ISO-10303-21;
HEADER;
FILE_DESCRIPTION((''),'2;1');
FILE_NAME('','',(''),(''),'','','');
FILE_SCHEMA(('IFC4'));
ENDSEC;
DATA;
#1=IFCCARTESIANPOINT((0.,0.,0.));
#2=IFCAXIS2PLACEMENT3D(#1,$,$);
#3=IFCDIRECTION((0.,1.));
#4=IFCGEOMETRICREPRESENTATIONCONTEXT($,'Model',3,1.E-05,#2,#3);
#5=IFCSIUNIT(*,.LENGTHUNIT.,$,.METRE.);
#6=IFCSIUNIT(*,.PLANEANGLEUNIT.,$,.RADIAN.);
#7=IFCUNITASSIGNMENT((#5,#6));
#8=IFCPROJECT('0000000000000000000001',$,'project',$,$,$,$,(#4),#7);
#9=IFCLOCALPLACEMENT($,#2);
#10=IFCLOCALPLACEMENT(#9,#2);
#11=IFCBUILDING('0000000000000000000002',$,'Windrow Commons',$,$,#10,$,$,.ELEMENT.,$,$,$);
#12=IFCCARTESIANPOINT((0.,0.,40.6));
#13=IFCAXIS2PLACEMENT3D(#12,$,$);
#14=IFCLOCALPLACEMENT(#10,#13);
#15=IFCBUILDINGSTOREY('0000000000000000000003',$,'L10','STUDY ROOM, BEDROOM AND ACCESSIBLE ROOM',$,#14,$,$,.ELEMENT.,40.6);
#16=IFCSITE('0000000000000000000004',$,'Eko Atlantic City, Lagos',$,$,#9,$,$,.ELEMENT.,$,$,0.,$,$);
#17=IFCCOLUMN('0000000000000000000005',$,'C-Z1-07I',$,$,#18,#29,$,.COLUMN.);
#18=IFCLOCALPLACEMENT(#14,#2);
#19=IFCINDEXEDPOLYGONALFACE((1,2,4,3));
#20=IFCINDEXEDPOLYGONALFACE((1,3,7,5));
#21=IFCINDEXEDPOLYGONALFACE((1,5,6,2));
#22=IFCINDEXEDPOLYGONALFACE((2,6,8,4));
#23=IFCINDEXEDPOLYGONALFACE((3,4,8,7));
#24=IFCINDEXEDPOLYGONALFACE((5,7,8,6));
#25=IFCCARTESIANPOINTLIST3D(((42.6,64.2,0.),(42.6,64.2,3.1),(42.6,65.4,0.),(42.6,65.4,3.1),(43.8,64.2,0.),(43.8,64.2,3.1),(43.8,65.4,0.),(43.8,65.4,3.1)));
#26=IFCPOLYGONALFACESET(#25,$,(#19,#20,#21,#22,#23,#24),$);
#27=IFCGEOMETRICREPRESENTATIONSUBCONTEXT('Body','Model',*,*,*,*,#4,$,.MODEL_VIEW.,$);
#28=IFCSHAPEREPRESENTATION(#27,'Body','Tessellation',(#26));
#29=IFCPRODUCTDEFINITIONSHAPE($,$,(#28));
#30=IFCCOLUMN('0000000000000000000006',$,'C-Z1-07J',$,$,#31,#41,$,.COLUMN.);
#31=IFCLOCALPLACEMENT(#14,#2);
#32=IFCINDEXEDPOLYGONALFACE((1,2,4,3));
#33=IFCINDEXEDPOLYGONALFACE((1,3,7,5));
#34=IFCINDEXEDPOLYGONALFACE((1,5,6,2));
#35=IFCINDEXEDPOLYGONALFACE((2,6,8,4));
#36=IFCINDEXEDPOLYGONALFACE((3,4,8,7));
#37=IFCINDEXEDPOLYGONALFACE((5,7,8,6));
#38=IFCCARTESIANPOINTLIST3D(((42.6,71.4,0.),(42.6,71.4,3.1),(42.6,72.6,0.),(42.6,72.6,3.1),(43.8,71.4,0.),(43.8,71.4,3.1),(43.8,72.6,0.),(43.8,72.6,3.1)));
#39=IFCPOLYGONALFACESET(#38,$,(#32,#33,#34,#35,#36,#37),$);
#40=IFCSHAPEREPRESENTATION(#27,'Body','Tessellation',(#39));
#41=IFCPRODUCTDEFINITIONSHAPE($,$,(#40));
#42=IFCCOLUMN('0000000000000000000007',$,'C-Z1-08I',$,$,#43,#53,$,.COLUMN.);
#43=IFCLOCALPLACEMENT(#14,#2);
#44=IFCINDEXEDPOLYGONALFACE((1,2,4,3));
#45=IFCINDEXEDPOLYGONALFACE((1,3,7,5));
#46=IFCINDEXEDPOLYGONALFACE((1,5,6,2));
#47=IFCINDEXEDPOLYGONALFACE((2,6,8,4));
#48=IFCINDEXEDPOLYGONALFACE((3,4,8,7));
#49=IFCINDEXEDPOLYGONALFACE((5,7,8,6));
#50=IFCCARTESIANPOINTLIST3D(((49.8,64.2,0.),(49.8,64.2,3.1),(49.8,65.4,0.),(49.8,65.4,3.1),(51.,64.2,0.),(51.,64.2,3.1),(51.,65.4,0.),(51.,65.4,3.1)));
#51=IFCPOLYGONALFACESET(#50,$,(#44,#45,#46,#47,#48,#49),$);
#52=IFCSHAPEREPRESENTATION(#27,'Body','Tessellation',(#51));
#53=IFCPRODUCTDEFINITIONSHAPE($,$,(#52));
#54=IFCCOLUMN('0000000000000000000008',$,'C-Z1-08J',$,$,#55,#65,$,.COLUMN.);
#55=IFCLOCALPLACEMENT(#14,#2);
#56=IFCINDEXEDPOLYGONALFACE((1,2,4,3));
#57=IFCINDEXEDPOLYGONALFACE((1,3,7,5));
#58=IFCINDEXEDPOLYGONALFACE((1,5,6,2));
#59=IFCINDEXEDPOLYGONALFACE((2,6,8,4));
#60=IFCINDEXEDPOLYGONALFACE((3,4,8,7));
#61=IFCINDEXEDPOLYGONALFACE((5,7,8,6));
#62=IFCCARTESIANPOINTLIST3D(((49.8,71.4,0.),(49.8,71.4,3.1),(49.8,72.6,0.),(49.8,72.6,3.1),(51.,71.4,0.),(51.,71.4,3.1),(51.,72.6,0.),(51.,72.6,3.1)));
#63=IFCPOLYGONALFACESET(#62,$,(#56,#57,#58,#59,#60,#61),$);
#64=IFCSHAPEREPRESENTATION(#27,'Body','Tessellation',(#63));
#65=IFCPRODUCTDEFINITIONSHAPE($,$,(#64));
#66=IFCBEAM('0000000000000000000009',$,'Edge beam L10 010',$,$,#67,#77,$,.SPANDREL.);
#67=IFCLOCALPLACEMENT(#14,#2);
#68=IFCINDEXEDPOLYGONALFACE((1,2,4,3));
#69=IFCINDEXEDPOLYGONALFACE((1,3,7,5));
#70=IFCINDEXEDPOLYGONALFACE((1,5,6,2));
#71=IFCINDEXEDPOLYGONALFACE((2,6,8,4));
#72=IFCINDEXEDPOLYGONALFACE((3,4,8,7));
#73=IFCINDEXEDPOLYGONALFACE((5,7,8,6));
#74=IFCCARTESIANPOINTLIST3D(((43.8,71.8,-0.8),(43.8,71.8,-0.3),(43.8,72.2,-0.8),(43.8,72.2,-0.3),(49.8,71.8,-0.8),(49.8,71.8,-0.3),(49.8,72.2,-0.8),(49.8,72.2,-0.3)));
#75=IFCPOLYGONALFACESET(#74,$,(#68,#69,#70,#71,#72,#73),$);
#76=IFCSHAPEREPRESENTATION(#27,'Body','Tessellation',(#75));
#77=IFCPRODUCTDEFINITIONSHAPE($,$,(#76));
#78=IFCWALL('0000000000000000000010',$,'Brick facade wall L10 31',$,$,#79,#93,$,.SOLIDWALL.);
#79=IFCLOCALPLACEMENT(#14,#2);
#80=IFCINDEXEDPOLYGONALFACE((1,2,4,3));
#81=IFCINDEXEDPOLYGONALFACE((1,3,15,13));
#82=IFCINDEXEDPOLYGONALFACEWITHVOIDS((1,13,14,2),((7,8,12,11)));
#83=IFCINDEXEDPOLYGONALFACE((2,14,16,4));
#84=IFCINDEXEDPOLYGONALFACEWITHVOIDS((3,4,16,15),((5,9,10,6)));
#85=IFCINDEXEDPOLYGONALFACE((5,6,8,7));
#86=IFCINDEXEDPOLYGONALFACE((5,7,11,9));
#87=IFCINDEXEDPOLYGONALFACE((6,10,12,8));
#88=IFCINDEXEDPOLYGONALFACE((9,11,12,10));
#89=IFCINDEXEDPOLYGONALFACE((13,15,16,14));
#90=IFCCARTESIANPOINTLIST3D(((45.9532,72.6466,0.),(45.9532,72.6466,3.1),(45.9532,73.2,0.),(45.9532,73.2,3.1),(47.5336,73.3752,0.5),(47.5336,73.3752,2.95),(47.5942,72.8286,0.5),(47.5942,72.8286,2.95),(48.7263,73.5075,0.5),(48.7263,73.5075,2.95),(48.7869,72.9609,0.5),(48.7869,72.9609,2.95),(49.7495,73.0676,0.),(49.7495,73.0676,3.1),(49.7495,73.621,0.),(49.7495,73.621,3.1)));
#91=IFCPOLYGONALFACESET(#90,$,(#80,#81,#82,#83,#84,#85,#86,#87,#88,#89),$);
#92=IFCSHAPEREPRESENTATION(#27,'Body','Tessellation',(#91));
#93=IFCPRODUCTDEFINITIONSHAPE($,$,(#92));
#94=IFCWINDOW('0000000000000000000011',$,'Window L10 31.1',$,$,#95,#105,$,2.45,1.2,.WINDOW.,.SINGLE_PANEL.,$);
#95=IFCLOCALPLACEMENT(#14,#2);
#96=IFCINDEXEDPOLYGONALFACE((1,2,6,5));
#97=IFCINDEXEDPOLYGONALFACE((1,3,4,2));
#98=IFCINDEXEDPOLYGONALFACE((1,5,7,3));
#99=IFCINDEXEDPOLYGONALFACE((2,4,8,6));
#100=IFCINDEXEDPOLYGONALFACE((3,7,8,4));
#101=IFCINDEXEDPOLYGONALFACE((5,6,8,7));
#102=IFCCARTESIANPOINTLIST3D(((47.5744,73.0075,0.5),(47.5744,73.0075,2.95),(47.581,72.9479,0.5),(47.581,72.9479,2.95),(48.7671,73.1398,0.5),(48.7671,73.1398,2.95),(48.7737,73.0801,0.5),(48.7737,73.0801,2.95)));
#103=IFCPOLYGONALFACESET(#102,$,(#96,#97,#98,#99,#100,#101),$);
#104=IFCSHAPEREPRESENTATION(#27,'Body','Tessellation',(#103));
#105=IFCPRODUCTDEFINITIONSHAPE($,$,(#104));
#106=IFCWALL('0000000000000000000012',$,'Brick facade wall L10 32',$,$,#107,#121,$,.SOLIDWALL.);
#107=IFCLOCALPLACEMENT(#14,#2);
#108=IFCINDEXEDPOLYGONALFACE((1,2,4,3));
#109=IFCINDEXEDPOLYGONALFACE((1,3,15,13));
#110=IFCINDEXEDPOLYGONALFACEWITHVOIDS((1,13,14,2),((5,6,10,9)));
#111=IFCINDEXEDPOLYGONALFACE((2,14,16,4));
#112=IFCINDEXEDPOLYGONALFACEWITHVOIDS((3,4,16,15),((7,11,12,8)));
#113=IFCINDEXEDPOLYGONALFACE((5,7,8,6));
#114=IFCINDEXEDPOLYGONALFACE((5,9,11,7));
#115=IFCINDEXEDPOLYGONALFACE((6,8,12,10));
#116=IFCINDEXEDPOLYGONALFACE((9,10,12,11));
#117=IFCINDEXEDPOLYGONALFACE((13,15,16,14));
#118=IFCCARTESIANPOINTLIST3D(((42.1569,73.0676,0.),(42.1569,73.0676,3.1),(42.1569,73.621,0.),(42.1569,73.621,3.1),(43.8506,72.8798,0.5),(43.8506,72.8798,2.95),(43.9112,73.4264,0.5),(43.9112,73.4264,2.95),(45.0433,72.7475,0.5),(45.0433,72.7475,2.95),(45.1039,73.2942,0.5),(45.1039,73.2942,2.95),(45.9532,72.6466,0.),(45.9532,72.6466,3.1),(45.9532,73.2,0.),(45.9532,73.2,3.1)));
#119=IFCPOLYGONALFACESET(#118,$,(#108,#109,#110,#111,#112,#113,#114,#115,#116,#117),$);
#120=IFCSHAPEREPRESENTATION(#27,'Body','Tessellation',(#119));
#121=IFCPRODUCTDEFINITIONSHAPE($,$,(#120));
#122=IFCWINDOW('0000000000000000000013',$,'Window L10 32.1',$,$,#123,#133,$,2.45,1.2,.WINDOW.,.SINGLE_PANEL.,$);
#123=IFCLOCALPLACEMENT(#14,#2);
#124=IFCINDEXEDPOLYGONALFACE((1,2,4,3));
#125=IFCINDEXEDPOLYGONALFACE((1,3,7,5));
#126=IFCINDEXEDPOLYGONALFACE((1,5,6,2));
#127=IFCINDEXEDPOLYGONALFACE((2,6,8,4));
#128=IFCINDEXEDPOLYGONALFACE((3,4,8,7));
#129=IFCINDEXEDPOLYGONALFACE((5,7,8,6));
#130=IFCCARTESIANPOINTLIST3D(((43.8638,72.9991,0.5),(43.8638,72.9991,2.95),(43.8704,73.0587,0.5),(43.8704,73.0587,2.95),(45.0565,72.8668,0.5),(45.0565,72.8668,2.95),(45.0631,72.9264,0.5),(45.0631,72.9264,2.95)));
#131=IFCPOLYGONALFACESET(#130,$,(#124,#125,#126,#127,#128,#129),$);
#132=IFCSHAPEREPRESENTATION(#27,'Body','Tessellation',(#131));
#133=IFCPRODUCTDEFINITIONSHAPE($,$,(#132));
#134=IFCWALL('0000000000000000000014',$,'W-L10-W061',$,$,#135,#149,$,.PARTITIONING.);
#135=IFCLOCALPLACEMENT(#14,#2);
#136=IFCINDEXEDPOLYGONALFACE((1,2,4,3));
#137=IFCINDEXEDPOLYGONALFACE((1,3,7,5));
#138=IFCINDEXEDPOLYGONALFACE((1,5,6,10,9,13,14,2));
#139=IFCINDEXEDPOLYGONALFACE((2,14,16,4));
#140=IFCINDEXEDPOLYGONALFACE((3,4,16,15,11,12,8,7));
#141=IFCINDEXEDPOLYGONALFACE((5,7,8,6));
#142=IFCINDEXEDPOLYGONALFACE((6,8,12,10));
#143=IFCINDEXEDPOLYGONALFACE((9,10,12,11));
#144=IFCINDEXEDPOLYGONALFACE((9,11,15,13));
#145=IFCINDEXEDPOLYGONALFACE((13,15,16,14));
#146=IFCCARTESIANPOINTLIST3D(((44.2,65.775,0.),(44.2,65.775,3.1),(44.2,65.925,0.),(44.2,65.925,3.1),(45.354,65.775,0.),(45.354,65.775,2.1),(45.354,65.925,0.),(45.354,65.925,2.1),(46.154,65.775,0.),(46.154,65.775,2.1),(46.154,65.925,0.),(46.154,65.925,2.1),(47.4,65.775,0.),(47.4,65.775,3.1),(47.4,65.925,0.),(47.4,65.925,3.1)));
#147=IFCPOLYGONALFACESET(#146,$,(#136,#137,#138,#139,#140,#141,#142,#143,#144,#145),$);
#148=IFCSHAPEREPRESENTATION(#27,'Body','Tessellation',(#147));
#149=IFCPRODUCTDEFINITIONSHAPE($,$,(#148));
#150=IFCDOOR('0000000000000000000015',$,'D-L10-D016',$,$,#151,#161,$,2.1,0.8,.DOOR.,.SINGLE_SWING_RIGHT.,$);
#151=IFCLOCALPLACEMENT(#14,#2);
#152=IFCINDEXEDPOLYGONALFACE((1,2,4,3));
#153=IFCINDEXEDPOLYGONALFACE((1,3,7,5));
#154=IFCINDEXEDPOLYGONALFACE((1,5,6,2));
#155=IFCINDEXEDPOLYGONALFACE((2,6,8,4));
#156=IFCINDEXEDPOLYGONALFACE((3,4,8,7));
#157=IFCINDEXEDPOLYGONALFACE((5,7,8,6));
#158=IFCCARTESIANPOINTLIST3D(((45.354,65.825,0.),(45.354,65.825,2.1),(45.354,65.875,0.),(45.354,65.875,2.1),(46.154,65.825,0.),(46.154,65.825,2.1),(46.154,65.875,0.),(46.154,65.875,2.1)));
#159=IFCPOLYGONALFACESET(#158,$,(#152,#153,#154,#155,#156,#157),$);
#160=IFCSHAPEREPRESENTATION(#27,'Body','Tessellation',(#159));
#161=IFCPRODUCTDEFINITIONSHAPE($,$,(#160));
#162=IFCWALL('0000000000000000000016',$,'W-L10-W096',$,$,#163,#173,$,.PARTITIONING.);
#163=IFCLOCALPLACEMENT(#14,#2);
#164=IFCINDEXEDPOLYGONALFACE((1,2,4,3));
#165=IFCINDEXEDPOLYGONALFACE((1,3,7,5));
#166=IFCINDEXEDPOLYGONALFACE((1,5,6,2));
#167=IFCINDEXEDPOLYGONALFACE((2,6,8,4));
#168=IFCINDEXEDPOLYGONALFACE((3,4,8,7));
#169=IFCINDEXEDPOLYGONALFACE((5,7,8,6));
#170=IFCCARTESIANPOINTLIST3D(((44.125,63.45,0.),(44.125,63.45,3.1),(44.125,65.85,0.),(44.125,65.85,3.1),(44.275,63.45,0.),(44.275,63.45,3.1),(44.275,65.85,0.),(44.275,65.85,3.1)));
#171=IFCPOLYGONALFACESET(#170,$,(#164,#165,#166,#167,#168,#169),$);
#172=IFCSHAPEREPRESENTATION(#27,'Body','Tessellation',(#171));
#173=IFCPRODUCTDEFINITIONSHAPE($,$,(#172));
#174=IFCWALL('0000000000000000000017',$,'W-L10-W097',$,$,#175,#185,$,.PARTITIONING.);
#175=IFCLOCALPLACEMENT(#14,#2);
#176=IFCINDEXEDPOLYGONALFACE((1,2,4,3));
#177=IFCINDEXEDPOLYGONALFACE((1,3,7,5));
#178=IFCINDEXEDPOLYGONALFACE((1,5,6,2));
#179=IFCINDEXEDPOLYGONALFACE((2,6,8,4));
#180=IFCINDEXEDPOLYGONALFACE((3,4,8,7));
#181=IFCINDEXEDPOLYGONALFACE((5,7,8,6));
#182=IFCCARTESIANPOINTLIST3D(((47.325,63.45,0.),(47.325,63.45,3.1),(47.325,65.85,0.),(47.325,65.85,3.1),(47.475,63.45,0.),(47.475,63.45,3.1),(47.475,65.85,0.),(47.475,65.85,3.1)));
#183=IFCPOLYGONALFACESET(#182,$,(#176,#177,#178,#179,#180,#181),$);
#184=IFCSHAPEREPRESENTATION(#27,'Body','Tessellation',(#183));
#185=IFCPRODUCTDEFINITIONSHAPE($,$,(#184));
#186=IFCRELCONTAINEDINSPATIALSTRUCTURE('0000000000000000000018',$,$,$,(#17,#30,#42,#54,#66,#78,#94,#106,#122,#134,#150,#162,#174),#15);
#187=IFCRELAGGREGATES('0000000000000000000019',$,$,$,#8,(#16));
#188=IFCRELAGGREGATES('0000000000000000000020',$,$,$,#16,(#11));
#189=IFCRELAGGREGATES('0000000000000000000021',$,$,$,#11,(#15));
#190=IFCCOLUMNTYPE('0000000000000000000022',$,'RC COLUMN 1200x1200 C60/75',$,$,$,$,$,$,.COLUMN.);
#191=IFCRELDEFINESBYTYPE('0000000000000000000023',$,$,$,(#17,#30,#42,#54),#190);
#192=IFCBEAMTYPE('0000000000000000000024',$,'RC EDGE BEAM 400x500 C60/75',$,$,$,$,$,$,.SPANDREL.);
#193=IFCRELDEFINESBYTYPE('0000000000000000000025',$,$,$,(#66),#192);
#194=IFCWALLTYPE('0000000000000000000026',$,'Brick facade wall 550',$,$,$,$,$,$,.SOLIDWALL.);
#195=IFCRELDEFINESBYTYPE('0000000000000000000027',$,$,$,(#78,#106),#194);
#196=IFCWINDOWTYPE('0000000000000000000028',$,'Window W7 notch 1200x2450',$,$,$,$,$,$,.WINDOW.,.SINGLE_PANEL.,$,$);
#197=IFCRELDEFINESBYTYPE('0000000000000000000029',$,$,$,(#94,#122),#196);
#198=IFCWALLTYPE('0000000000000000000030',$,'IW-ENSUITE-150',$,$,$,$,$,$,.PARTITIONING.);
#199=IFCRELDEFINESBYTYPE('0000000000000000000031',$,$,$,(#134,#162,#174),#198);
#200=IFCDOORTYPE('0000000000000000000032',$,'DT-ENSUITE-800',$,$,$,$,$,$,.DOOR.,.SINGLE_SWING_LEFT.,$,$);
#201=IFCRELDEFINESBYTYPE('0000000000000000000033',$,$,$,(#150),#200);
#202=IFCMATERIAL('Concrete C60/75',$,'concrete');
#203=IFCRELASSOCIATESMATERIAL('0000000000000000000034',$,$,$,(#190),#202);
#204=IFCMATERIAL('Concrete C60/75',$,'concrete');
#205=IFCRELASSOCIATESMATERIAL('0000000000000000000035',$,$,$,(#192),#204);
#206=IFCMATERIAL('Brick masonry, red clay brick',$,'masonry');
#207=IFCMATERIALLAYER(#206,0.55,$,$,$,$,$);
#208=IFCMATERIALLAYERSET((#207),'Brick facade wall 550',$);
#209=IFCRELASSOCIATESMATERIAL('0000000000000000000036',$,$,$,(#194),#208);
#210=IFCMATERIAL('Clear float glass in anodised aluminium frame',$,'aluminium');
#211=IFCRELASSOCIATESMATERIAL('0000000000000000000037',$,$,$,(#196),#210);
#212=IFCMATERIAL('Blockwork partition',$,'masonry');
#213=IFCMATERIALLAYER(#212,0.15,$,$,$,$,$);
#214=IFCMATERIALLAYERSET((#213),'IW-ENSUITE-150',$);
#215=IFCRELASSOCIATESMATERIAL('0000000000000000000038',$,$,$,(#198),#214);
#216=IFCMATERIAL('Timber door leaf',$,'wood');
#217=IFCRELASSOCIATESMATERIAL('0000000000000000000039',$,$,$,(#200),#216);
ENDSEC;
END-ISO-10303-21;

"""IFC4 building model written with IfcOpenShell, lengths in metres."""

from ifc_helpers import new_model, si_unit, direction, frame, frame_2d, origin, origin_2d, place, context, subcontext, project, spatial, polyline, rectangle, outline, extrude, material, layer, layer_set, material_profile, profile_set, type_object, element, fill, save


model = new_model("IFC4")

# Units and contexts
model_context = context("Model", 3, precision=1e-05, world=origin(), true_north=direction((0.0, 1.0)))
body_context = subcontext(model_context, "Body", "Model", "MODEL_VIEW")
ifc_project = project(units=[si_unit("LENGTHUNIT", "METRE"), si_unit("PLANEANGLEUNIT", "RADIAN")], contexts=[model_context])

# Site, building, storey
site_placement = place(None, origin())
site = spatial("IfcSite", under=ifc_project, at=site_placement, Name="Eko Atlantic City, Lagos", CompositionType="ELEMENT", RefElevation=0.0)
building_placement = place(site_placement, origin())
building = spatial("IfcBuilding", under=site, at=building_placement, Name="Windrow Commons", CompositionType="ELEMENT")
storey_placement = place(building_placement, frame((0.0, 0.0, 40.6)))
storey = spatial("IfcBuildingStorey", under=building, at=storey_placement, Name="L10", Description="STUDY ROOM, BEDROOM AND ACCESSIBLE ROOM", CompositionType="ELEMENT", Elevation=40.6)

# Columns
ifc_material_1 = material(Name="Concrete C60/75", Category="concrete")
ifc_material_profile_1 = material_profile(ifc_material_1, rectangle(XDim=1.2, YDim=1.2, at=origin_2d()))
ifc_profile_set_1 = profile_set([ifc_material_profile_1], Name="Concrete C60/75")
column_type = type_object("IfcColumnType", Name="RC COLUMN 1200x1200 C60/75", PredefinedType="COLUMN", material=ifc_profile_set_1)
for number, where, z_axis, x_axis, name in (
    (1, (43.2, 64.8, 0.0), (0.0, 0.0, 1.0), (1.0, 0.0, 0.0), "C-Z1-07I"),
    (2, (43.2, 72.0, 0.0), (0.0, 0.0, 1.0), (1.0, 0.0, 0.0), "C-Z1-07J"),
    (3, (50.4, 64.8, 0.0), (0.0, 0.0, 1.0), (1.0, 0.0, 0.0), "C-Z1-08I"),
    (4, (50.4, 72.0, 0.0), (0.0, 0.0, 1.0), (1.0, 0.0, 0.0), "C-Z1-08J"),
):
    element("IfcColumn", number, at=place(storey_placement, frame(where, z_axis=z_axis, x_axis=x_axis)), inside=storey, type_object=column_type, Name=name, PredefinedType="COLUMN", context=body_context, shape_type="SweptSolid", body=[
        extrude(rectangle(XDim=1.2, YDim=1.2, at=origin_2d()), origin(), (0.0, 0.0, 1.0), 3.1),
    ])

# Beam
ifc_material_2 = material(Name="Concrete C60/75", Category="concrete")
ifc_material_profile_2 = material_profile(ifc_material_2, rectangle(XDim=0.4, YDim=0.5, at=origin_2d()))
ifc_profile_set_2 = profile_set([ifc_material_profile_2], Name="Concrete C60/75")
beam_type = type_object("IfcBeamType", Name="RC EDGE BEAM 400x500 C60/75", PredefinedType="SPANDREL", material=ifc_profile_set_2)
beam_placement = place(storey_placement, frame((43.8, 72.0, -0.55), z_axis=(1.0, 0.0, 0.0), x_axis=(0.0, 1.0, 0.0)))
element("IfcBeam", 5, at=beam_placement, inside=storey, type_object=beam_type, Name="Edge beam L10 010", PredefinedType="SPANDREL", context=body_context, shape_type="SweptSolid", body=[
    extrude(rectangle(XDim=0.4, YDim=0.5, at=origin_2d()), origin(), (0.0, 0.0, 1.0), 6.0),
])

# Walls, openings, windows
ifc_material_3 = material(Name="Brick masonry, red clay brick", Category="masonry")
ifc_layer_1 = layer(ifc_material_3, 0.55)
ifc_layer_set_1 = layer_set([ifc_layer_1], Name="Brick facade wall 550")
wall_type_1 = type_object("IfcWallType", Name="Brick facade wall 550", PredefinedType="SOLIDWALL", material=ifc_layer_set_1)
wall_1_placement = place(storey_placement, frame((49.7495, 73.3443, 0.0), z_axis=(0.0, 0.0, 1.0), x_axis=(-0.993907, -0.110222, 0.0)))
wall_1 = element("IfcWall", 6, at=wall_1_placement, inside=storey, type_object=wall_type_1, Name="Brick facade wall L10 31", PredefinedType="SOLIDWALL", context=body_context, shape_type="SweptSolid", body=[
    extrude(outline(polyline([(-0.0305, -0.275), (3.7891, -0.275), (3.8501, 0.275), (0.0305, 0.275), (-0.0305, -0.275)])), origin(), (0.0, 0.0, 1.0), 3.1),
])
opening_1_placement = place(wall_1_placement, frame((0.999, 0.0, 0.5)))
opening_1 = element("IfcOpeningElement", 7, at=opening_1_placement, cuts=wall_1, PredefinedType="OPENING", context=body_context, shape_type="SweptSolid", body=[
    extrude(rectangle(XDim=1.2, YDim=2.45, at=frame_2d((0.6, 1.225))), frame((0.0, 0.285, 0.0), z_axis=(0.0, -1.0, 0.0), x_axis=(1.0, 0.0, 0.0)), (0.0, 0.0, 1.0), 0.57),
])
ifc_material_4 = material(Name="Clear float glass in anodised aluminium frame", Category="aluminium")
window_type = type_object("IfcWindowType", Name="Window W7 notch 1200x2450", PartitioningType="SINGLE_PANEL", PredefinedType="WINDOW", material=ifc_material_4)
window_1_placement = place(opening_1_placement, origin())
window_1 = element("IfcWindow", 8, at=window_1_placement, inside=storey, type_object=window_type, Name="Window L10 31.1", OverallHeight=2.45, OverallWidth=1.2, PartitioningType="SINGLE_PANEL", PredefinedType="WINDOW", context=body_context, shape_type="SweptSolid", body=[
    extrude(rectangle(XDim=1.2, YDim=2.45, at=frame_2d((0.6, 1.225))), frame((0.0, 0.155, 0.0), z_axis=(0.0, -1.0, 0.0), x_axis=(1.0, 0.0, 0.0)), (0.0, 0.0, 1.0), 0.06),
])
fill(opening_1, window_1)
wall_2_placement = place(storey_placement, frame((45.9532, 72.9233, 0.0), z_axis=(0.0, 0.0, 1.0), x_axis=(-0.993907, 0.110222, 0.0)))
wall_2 = element("IfcWall", 9, at=wall_2_placement, inside=storey, type_object=wall_type_1, Name="Brick facade wall L10 32", PredefinedType="SOLIDWALL", context=body_context, shape_type="SweptSolid", body=[
    extrude(outline(polyline([(0.0305, -0.275), (3.8501, -0.275), (3.7891, 0.275), (-0.0305, 0.275), (0.0305, -0.275)])), origin(), (0.0, 0.0, 1.0), 3.1),
])
opening_2_placement = place(wall_2_placement, frame((0.885, 0.0, 0.5)))
opening_2 = element("IfcOpeningElement", 10, at=opening_2_placement, cuts=wall_2, PredefinedType="OPENING", context=body_context, shape_type="SweptSolid", body=[
    extrude(rectangle(XDim=1.2, YDim=2.45, at=frame_2d((0.6, 1.225))), frame((0.0, 0.285, 0.0), z_axis=(0.0, -1.0, 0.0), x_axis=(1.0, 0.0, 0.0)), (0.0, 0.0, 1.0), 0.57),
])
window_2_placement = place(opening_2_placement, origin())
window_2 = element("IfcWindow", 11, at=window_2_placement, inside=storey, type_object=window_type, Name="Window L10 32.1", OverallHeight=2.45, OverallWidth=1.2, PartitioningType="SINGLE_PANEL", PredefinedType="WINDOW", context=body_context, shape_type="SweptSolid", body=[
    extrude(rectangle(XDim=1.2, YDim=2.45, at=frame_2d((0.6, 1.225))), frame((0.0, 0.155, 0.0), z_axis=(0.0, -1.0, 0.0), x_axis=(1.0, 0.0, 0.0)), (0.0, 0.0, 1.0), 0.06),
])
fill(opening_2, window_2)

# Wall, opening, door
ifc_material_5 = material(Name="Blockwork partition", Category="masonry")
ifc_layer_2 = layer(ifc_material_5, 0.15)
ifc_layer_set_2 = layer_set([ifc_layer_2], Name="IW-ENSUITE-150")
wall_type_2 = type_object("IfcWallType", Name="IW-ENSUITE-150", PredefinedType="PARTITIONING", material=ifc_layer_set_2)
wall_3_placement = place(storey_placement, frame((44.2, 65.85, 0.0), z_axis=(0.0, 0.0, 1.0), x_axis=(1.0, 0.0, 0.0)))
wall_3 = element("IfcWall", 12, at=wall_3_placement, inside=storey, type_object=wall_type_2, Name="W-L10-W061", PredefinedType="PARTITIONING", context=body_context, shape_type="SweptSolid", body=[
    extrude(rectangle(XDim=3.2, YDim=0.15, at=frame_2d((1.6, 0.0))), origin(), (0.0, 0.0, 1.0), 3.1),
])
opening_3_placement = place(wall_3_placement, frame((1.154, 0.0, 0.0)))
opening_3 = element("IfcOpeningElement", 13, at=opening_3_placement, cuts=wall_3, PredefinedType="OPENING", context=body_context, shape_type="SweptSolid", body=[
    extrude(rectangle(XDim=0.8, YDim=2.1, at=frame_2d((0.4, 1.05))), frame((0.0, 0.085, 0.0), z_axis=(0.0, -1.0, 0.0), x_axis=(1.0, 0.0, 0.0)), (0.0, 0.0, 1.0), 0.17),
])
ifc_material_6 = material(Name="Timber door leaf", Category="wood")
door_type = type_object("IfcDoorType", Name="DT-ENSUITE-800", OperationType="SINGLE_SWING_LEFT", PredefinedType="DOOR", material=ifc_material_6)
door_placement = place(opening_3_placement, origin())
door = element("IfcDoor", 14, at=door_placement, inside=storey, type_object=door_type, Name="D-L10-D016", OperationType="SINGLE_SWING_RIGHT", OverallHeight=2.1, OverallWidth=0.8, PredefinedType="DOOR", context=body_context, shape_type="SweptSolid", body=[
    extrude(rectangle(XDim=0.8, YDim=2.1, at=frame_2d((0.4, 1.05))), frame((0.0, 0.025, 0.0), z_axis=(0.0, -1.0, 0.0), x_axis=(1.0, 0.0, 0.0)), (0.0, 0.0, 1.0), 0.05),
])
fill(opening_3, door)

# Walls
for number, where, z_axis, x_axis, name in (
    (15, (44.2, 63.45, 0.0), (0.0, 0.0, 1.0), (0.0, 1.0, 0.0), "W-L10-W096"),
    (16, (47.4, 63.45, 0.0), (0.0, 0.0, 1.0), (0.0, 1.0, 0.0), "W-L10-W097"),
):
    element("IfcWall", number, at=place(storey_placement, frame(where, z_axis=z_axis, x_axis=x_axis)), inside=storey, type_object=wall_type_2, Name=name, PredefinedType="PARTITIONING", context=body_context, shape_type="SweptSolid", body=[
        extrude(rectangle(XDim=2.4, YDim=0.15, at=frame_2d((1.2, 0.0))), origin(), (0.0, 0.0, 1.0), 3.1),
    ])

save(model, "model.ifc")
